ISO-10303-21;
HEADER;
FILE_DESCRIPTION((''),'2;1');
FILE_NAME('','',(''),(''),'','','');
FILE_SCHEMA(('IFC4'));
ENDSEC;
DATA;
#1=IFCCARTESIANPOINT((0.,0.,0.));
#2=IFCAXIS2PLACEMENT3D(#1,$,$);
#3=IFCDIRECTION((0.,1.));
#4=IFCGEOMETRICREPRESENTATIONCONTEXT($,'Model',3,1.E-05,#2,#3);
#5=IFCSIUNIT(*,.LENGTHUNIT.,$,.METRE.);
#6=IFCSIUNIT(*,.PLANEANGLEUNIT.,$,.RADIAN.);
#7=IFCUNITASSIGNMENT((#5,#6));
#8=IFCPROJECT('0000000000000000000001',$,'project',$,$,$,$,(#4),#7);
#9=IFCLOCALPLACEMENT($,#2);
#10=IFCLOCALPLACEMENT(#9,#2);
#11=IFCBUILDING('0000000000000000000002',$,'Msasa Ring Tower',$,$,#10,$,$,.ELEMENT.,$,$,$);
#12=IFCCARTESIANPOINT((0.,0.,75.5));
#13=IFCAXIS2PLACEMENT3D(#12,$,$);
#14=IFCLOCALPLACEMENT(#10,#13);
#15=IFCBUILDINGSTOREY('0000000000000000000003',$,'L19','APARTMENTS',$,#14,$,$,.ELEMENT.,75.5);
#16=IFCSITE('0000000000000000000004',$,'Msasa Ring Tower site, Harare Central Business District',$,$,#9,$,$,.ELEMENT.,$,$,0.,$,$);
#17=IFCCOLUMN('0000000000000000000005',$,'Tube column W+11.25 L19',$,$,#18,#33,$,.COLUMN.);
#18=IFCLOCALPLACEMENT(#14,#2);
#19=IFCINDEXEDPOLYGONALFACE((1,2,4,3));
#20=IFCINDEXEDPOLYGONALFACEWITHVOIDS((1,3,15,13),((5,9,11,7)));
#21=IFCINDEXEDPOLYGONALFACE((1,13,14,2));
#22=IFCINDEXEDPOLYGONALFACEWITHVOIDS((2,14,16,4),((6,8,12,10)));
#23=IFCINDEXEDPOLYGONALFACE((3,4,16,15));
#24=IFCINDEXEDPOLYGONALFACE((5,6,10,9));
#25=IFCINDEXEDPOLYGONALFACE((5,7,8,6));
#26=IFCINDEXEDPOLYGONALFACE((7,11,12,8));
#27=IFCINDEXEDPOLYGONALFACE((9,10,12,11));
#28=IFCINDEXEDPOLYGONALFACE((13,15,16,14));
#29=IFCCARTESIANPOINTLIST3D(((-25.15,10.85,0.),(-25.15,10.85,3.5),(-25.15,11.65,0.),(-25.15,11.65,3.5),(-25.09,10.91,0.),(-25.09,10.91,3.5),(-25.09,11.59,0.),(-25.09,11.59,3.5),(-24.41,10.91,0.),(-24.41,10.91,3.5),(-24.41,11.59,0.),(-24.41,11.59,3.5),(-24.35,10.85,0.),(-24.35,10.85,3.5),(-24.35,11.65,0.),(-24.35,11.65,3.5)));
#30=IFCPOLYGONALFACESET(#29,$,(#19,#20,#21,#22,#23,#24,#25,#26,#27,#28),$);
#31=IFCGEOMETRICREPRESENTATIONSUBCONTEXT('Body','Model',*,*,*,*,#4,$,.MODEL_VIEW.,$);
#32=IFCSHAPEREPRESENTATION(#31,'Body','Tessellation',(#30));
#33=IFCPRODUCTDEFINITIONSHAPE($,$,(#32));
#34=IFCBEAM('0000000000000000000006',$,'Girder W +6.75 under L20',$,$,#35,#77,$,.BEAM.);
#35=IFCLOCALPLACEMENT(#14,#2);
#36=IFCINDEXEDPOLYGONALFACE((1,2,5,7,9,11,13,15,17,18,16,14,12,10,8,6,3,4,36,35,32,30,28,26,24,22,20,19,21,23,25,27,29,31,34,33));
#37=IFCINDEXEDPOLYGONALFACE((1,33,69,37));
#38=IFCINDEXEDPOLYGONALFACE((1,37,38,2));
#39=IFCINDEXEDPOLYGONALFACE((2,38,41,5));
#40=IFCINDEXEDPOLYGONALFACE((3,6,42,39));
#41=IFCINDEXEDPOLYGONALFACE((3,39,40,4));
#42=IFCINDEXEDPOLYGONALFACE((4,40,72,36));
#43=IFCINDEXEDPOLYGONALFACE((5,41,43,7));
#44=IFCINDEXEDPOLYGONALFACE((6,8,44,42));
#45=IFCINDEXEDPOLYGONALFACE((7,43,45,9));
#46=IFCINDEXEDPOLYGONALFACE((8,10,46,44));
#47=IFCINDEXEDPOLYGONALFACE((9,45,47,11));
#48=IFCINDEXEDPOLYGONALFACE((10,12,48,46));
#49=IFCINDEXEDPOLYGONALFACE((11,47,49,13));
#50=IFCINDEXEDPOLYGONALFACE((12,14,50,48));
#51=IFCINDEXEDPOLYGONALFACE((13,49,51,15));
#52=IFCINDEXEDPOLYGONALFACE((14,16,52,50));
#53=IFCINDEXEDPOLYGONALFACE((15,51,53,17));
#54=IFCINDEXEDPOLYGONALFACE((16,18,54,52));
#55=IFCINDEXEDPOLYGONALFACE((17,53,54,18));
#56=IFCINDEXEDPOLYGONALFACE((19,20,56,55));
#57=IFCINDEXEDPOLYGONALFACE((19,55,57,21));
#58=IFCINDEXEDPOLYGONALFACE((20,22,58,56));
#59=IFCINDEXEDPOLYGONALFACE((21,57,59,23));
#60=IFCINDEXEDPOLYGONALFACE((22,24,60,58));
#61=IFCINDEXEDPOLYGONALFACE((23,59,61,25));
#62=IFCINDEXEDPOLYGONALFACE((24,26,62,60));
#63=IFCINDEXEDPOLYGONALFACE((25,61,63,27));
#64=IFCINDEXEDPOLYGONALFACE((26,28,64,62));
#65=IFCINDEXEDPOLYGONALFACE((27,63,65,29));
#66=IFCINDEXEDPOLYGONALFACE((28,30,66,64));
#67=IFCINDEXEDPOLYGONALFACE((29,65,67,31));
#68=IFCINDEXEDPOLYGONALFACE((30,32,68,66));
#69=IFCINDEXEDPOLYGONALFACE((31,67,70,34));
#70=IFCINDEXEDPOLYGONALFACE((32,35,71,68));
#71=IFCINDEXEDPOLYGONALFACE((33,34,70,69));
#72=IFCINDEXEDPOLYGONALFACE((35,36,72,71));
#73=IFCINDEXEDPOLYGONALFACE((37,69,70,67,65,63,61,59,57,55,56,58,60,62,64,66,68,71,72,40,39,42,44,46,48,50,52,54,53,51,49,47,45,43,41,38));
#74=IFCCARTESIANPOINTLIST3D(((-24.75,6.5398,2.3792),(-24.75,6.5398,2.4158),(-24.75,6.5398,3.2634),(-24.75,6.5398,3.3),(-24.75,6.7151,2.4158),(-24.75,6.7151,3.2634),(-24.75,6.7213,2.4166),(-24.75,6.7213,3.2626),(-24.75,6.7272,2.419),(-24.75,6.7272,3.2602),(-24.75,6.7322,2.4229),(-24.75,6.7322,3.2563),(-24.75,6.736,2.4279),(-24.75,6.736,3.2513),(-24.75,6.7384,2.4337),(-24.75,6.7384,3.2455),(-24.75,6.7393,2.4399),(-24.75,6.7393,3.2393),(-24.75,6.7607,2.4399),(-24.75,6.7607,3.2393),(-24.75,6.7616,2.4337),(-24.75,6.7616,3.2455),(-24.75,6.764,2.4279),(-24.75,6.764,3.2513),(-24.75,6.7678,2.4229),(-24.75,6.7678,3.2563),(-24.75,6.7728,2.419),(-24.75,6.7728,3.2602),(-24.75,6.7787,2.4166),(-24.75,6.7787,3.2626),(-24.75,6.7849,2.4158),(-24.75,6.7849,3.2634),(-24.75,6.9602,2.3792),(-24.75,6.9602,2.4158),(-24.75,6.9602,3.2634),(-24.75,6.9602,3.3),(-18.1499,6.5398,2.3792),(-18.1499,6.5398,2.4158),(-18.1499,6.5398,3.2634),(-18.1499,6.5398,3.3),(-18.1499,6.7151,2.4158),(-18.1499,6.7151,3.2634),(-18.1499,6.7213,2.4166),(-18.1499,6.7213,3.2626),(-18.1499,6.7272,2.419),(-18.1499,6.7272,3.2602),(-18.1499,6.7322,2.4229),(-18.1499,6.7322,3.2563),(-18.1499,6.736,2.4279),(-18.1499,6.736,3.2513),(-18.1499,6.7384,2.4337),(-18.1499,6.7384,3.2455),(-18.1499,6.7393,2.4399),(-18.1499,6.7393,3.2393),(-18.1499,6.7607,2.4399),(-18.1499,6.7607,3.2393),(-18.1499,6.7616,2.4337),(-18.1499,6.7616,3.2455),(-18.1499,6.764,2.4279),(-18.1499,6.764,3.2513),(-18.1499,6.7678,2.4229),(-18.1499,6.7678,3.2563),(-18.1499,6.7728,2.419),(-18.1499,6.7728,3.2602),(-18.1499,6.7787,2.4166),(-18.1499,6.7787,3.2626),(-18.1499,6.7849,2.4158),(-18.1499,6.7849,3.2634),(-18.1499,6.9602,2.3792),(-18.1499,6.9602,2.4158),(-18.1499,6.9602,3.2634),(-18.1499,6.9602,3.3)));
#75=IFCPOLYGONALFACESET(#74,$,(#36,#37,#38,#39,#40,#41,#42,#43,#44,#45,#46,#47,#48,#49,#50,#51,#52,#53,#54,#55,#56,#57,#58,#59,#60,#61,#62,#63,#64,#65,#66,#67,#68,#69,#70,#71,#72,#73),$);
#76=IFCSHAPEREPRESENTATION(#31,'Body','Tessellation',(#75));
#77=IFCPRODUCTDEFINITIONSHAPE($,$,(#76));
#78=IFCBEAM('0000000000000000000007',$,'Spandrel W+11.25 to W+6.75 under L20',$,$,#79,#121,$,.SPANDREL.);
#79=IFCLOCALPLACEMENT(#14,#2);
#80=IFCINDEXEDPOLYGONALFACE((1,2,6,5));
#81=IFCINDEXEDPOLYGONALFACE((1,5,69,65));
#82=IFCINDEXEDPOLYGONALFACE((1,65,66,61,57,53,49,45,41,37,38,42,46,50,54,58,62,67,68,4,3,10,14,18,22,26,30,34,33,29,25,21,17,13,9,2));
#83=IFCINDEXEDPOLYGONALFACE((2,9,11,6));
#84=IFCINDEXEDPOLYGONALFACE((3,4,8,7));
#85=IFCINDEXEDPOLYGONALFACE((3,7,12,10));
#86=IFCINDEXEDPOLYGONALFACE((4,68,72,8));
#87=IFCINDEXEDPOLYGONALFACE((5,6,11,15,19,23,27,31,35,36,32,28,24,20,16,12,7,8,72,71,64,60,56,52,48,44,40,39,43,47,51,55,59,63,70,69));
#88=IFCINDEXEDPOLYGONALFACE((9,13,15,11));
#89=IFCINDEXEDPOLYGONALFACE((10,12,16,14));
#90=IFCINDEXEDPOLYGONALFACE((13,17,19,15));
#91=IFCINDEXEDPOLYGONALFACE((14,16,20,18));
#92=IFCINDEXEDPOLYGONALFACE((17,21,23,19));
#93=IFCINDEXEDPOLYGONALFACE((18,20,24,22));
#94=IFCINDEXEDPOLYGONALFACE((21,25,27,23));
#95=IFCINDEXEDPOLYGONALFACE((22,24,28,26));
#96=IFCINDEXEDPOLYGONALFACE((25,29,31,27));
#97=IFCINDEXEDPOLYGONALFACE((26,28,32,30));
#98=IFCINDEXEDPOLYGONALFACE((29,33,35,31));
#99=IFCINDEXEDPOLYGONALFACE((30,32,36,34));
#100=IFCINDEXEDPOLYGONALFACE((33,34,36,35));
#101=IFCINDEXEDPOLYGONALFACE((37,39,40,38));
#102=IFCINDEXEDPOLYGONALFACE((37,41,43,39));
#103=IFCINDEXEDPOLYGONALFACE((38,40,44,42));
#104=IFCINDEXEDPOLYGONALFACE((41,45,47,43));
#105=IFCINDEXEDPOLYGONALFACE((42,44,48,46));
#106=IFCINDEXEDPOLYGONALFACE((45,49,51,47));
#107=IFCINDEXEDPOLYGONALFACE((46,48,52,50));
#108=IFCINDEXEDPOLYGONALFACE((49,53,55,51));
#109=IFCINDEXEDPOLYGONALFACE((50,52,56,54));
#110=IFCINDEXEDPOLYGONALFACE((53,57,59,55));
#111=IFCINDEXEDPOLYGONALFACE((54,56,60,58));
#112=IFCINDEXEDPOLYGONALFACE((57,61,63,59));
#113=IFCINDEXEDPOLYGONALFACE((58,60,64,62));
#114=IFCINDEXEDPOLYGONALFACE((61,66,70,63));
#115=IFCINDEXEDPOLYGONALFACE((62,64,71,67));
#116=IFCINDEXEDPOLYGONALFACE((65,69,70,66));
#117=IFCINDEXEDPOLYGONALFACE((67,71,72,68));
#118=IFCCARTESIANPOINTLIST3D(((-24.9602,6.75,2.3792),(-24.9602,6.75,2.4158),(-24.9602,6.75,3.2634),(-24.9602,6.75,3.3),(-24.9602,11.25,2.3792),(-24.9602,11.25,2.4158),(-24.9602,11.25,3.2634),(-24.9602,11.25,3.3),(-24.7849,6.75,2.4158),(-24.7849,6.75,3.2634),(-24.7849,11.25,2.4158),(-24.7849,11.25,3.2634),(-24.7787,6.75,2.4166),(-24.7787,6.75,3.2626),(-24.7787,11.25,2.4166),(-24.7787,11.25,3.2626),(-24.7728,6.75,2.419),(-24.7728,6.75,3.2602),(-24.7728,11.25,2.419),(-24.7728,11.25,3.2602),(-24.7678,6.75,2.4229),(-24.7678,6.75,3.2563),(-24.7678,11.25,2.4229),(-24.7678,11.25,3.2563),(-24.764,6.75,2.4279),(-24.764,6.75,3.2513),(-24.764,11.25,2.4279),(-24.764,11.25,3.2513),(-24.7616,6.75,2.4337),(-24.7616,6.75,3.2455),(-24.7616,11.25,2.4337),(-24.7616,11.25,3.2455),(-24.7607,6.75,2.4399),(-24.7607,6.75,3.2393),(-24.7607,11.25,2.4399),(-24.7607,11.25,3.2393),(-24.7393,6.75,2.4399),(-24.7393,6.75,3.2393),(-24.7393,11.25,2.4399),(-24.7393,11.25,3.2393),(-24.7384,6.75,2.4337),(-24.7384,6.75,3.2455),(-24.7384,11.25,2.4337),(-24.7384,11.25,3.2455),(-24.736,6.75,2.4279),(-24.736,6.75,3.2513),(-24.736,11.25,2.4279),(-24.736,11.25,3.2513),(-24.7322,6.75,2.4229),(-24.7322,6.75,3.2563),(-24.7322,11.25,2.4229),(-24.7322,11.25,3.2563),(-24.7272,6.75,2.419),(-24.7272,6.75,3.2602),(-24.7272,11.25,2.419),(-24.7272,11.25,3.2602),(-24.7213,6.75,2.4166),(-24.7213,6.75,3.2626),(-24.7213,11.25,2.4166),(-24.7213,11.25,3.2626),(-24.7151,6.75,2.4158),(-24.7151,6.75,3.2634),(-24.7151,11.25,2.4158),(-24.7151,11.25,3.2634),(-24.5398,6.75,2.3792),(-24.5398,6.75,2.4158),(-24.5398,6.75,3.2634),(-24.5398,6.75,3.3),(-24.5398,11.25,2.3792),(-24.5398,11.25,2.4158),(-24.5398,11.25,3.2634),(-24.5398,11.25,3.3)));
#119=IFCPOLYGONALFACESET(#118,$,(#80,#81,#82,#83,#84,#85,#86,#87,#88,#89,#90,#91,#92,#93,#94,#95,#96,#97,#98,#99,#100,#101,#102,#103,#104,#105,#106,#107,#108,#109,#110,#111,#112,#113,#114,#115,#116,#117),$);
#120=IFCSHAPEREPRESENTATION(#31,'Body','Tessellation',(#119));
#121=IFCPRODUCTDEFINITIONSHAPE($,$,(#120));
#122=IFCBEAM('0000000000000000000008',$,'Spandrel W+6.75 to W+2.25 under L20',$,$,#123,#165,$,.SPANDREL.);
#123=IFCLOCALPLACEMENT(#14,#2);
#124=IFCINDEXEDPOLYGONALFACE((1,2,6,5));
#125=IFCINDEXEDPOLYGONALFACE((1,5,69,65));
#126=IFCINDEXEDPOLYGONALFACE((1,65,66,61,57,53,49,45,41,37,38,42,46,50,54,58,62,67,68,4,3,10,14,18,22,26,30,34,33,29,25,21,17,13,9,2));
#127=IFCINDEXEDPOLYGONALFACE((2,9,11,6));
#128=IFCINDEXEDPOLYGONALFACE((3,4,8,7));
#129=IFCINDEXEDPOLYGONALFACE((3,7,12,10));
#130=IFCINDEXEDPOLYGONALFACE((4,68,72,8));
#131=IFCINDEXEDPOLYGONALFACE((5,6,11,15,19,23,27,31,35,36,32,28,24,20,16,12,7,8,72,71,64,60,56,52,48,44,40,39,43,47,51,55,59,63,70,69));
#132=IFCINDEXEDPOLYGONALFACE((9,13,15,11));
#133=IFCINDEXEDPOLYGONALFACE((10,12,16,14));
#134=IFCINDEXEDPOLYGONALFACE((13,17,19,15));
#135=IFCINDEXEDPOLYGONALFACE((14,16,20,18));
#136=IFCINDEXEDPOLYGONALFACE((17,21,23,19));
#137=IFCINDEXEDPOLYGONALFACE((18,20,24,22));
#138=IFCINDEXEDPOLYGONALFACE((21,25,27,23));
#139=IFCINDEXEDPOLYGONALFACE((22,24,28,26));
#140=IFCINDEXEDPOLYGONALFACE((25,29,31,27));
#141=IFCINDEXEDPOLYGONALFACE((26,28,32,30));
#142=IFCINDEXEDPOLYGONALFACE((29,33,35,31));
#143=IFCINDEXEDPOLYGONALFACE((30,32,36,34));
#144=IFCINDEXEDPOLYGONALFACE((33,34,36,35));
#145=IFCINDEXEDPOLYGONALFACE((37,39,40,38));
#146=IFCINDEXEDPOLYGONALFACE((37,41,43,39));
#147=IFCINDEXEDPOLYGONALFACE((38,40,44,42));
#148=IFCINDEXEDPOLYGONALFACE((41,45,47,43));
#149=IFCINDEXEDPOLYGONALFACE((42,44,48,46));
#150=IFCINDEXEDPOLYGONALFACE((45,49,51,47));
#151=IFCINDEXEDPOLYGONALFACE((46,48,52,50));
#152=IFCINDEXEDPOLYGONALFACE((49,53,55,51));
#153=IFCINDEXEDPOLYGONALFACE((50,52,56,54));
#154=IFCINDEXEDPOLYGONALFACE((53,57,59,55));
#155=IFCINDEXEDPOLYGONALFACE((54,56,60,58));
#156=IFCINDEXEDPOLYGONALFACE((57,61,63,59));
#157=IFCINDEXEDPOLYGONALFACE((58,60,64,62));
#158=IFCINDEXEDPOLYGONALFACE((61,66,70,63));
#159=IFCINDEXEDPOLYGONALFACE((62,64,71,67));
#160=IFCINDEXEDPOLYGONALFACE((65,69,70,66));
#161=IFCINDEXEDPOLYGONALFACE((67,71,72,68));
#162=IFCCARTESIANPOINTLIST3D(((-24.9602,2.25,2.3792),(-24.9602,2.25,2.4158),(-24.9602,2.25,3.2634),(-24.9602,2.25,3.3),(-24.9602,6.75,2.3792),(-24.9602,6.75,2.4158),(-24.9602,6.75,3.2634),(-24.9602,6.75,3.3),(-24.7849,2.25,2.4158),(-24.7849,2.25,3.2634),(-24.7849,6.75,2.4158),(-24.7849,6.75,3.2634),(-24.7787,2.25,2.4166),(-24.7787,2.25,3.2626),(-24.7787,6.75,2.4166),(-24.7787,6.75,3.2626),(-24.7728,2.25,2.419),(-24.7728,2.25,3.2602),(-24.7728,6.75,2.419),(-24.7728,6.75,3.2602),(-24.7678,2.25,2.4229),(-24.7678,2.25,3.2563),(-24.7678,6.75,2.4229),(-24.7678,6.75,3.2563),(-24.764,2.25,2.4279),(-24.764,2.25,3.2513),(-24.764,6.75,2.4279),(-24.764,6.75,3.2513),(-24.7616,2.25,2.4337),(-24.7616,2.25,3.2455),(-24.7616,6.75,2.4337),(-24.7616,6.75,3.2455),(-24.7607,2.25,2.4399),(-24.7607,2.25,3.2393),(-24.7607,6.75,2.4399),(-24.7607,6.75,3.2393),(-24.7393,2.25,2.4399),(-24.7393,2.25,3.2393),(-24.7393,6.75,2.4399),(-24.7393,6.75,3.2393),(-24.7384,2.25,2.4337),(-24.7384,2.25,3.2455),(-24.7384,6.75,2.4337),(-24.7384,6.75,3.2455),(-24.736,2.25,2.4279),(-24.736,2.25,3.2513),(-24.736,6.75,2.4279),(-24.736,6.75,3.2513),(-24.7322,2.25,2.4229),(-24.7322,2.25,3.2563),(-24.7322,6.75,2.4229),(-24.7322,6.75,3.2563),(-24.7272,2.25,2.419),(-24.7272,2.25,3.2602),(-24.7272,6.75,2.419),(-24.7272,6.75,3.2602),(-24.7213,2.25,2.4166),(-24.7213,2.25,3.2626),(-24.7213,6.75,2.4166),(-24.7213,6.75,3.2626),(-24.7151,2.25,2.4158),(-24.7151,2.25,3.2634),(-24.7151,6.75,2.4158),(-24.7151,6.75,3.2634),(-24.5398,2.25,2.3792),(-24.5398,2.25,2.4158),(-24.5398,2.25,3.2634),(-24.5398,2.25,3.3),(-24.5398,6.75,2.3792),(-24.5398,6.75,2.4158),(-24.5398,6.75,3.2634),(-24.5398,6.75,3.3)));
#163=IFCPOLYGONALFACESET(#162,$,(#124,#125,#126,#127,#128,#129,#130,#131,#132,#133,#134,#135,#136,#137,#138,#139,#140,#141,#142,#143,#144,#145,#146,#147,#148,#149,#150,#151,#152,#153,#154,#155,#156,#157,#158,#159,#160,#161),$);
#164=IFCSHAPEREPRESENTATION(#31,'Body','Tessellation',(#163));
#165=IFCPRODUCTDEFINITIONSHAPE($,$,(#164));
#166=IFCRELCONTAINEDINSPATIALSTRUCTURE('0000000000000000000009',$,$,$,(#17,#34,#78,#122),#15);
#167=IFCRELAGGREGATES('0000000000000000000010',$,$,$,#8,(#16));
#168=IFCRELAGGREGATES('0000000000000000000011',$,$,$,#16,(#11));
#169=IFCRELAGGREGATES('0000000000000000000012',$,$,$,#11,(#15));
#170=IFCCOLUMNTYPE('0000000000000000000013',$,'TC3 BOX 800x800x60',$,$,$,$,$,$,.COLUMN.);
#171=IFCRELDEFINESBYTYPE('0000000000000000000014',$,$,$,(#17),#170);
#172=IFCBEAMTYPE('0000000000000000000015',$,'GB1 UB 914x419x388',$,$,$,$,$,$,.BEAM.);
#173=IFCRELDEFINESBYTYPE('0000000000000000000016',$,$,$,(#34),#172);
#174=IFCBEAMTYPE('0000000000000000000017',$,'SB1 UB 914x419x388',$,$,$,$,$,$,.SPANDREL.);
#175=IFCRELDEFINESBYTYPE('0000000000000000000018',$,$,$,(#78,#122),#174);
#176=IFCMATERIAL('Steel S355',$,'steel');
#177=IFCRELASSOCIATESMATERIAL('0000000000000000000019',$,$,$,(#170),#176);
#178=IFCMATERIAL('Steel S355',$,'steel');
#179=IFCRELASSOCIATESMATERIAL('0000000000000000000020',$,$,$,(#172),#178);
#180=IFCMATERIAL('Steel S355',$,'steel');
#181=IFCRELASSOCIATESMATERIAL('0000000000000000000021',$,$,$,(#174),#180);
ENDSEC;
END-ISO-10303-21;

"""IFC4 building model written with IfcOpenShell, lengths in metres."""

from ifc_helpers import new_model, si_unit, direction, frame, origin, origin_2d, place, context, subcontext, project, spatial, hollow_rectangle, i_section, extrude, material, material_profile, profile_set, type_object, element, save


model = new_model("IFC4")

# Units and contexts
model_context = context("Model", 3, precision=1e-05, world=origin(), true_north=direction((0.0, 1.0)))
body_context = subcontext(model_context, "Body", "Model", "MODEL_VIEW")
ifc_project = project(units=[si_unit("LENGTHUNIT", "METRE"), si_unit("PLANEANGLEUNIT", "RADIAN")], contexts=[model_context])

# Site, building, storey
site_placement = place(None, origin())
site = spatial("IfcSite", under=ifc_project, at=site_placement, Name="Msasa Ring Tower site, Harare Central Business District", CompositionType="ELEMENT", RefElevation=0.0)
building_placement = place(site_placement, origin())
building = spatial("IfcBuilding", under=site, at=building_placement, Name="Msasa Ring Tower", CompositionType="ELEMENT")
storey_placement = place(building_placement, frame((0.0, 0.0, 75.5)))
storey = spatial("IfcBuildingStorey", under=building, at=storey_placement, Name="L19", Description="APARTMENTS", CompositionType="ELEMENT", Elevation=75.5)

# Column
ifc_material_1 = material(Name="Steel S355", Category="steel")
ifc_material_profile_1 = material_profile(ifc_material_1, hollow_rectangle(XDim=0.8, YDim=0.8, WallThickness=0.0601, at=origin_2d()), Name="BOX 800x800x60")
ifc_profile_set_1 = profile_set([ifc_material_profile_1], Name="Steel S355")
column_type = type_object("IfcColumnType", Name="TC3 BOX 800x800x60", PredefinedType="COLUMN", material=ifc_profile_set_1)
column_placement = place(storey_placement, frame((-24.75, 11.25, 0.0), z_axis=(0.0, 0.0, 1.0), x_axis=(1.0, 0.0, 0.0)))
element("IfcColumn", 1, at=column_placement, inside=storey, type_object=column_type, Name="Tube column W+11.25 L19", PredefinedType="COLUMN", context=body_context, shape_type="SweptSolid", body=[
    extrude(hollow_rectangle(XDim=0.8, YDim=0.8, WallThickness=0.0601, at=origin_2d()), origin(), (0.0, 0.0, 1.0), 3.5),
])

# Beams
ifc_material_2 = material(Name="Steel S355", Category="steel")
ifc_material_profile_2 = material_profile(ifc_material_2, i_section(OverallWidth=0.4204, OverallDepth=0.9209, WebThickness=0.0215, FlangeThickness=0.0366, FilletRadius=0.0242, at=origin_2d()), Name="UB 914x419x388")
ifc_profile_set_2 = profile_set([ifc_material_profile_2], Name="Steel S355")
beam_type_1 = type_object("IfcBeamType", Name="GB1 UB 914x419x388", PredefinedType="BEAM", material=ifc_profile_set_2)
beam_placement = place(storey_placement, frame((-18.1499, 6.75, 2.8396), z_axis=(-1.0, 0.0, 0.0), x_axis=(0.0, -1.0, 0.0)))
element("IfcBeam", 2, at=beam_placement, inside=storey, type_object=beam_type_1, Name="Girder W +6.75 under L20", PredefinedType="BEAM", context=body_context, shape_type="SweptSolid", body=[
    extrude(i_section(OverallWidth=0.4204, OverallDepth=0.9209, WebThickness=0.0215, FlangeThickness=0.0366, FilletRadius=0.0242, at=origin_2d()), origin(), (0.0, 0.0, 1.0), 6.6001),
])
ifc_material_3 = material(Name="Steel S355", Category="steel")
ifc_material_profile_3 = material_profile(ifc_material_3, i_section(OverallWidth=0.4204, OverallDepth=0.9209, WebThickness=0.0215, FlangeThickness=0.0366, FilletRadius=0.0242, at=origin_2d()), Name="UB 914x419x388")
ifc_profile_set_3 = profile_set([ifc_material_profile_3], Name="Steel S355")
beam_type_2 = type_object("IfcBeamType", Name="SB1 UB 914x419x388", PredefinedType="SPANDREL", material=ifc_profile_set_3)
for number, where, z_axis, x_axis, name in (
    (3, (-24.75, 11.25, 2.8396), (0.0, -1.0, 0.0), (1.0, 0.0, 0.0), "Spandrel W+11.25 to W+6.75 under L20"),
    (4, (-24.75, 6.75, 2.8396), (0.0, -1.0, 0.0), (1.0, 0.0, 0.0), "Spandrel W+6.75 to W+2.25 under L20"),
):
    element("IfcBeam", number, at=place(storey_placement, frame(where, z_axis=z_axis, x_axis=x_axis)), inside=storey, type_object=beam_type_2, Name=name, PredefinedType="SPANDREL", context=body_context, shape_type="SweptSolid", body=[
        extrude(i_section(OverallWidth=0.4204, OverallDepth=0.9209, WebThickness=0.0215, FlangeThickness=0.0366, FilletRadius=0.0242, at=origin_2d()), origin(), (0.0, 0.0, 1.0), 4.5),
    ])

save(model, "model.ifc")
